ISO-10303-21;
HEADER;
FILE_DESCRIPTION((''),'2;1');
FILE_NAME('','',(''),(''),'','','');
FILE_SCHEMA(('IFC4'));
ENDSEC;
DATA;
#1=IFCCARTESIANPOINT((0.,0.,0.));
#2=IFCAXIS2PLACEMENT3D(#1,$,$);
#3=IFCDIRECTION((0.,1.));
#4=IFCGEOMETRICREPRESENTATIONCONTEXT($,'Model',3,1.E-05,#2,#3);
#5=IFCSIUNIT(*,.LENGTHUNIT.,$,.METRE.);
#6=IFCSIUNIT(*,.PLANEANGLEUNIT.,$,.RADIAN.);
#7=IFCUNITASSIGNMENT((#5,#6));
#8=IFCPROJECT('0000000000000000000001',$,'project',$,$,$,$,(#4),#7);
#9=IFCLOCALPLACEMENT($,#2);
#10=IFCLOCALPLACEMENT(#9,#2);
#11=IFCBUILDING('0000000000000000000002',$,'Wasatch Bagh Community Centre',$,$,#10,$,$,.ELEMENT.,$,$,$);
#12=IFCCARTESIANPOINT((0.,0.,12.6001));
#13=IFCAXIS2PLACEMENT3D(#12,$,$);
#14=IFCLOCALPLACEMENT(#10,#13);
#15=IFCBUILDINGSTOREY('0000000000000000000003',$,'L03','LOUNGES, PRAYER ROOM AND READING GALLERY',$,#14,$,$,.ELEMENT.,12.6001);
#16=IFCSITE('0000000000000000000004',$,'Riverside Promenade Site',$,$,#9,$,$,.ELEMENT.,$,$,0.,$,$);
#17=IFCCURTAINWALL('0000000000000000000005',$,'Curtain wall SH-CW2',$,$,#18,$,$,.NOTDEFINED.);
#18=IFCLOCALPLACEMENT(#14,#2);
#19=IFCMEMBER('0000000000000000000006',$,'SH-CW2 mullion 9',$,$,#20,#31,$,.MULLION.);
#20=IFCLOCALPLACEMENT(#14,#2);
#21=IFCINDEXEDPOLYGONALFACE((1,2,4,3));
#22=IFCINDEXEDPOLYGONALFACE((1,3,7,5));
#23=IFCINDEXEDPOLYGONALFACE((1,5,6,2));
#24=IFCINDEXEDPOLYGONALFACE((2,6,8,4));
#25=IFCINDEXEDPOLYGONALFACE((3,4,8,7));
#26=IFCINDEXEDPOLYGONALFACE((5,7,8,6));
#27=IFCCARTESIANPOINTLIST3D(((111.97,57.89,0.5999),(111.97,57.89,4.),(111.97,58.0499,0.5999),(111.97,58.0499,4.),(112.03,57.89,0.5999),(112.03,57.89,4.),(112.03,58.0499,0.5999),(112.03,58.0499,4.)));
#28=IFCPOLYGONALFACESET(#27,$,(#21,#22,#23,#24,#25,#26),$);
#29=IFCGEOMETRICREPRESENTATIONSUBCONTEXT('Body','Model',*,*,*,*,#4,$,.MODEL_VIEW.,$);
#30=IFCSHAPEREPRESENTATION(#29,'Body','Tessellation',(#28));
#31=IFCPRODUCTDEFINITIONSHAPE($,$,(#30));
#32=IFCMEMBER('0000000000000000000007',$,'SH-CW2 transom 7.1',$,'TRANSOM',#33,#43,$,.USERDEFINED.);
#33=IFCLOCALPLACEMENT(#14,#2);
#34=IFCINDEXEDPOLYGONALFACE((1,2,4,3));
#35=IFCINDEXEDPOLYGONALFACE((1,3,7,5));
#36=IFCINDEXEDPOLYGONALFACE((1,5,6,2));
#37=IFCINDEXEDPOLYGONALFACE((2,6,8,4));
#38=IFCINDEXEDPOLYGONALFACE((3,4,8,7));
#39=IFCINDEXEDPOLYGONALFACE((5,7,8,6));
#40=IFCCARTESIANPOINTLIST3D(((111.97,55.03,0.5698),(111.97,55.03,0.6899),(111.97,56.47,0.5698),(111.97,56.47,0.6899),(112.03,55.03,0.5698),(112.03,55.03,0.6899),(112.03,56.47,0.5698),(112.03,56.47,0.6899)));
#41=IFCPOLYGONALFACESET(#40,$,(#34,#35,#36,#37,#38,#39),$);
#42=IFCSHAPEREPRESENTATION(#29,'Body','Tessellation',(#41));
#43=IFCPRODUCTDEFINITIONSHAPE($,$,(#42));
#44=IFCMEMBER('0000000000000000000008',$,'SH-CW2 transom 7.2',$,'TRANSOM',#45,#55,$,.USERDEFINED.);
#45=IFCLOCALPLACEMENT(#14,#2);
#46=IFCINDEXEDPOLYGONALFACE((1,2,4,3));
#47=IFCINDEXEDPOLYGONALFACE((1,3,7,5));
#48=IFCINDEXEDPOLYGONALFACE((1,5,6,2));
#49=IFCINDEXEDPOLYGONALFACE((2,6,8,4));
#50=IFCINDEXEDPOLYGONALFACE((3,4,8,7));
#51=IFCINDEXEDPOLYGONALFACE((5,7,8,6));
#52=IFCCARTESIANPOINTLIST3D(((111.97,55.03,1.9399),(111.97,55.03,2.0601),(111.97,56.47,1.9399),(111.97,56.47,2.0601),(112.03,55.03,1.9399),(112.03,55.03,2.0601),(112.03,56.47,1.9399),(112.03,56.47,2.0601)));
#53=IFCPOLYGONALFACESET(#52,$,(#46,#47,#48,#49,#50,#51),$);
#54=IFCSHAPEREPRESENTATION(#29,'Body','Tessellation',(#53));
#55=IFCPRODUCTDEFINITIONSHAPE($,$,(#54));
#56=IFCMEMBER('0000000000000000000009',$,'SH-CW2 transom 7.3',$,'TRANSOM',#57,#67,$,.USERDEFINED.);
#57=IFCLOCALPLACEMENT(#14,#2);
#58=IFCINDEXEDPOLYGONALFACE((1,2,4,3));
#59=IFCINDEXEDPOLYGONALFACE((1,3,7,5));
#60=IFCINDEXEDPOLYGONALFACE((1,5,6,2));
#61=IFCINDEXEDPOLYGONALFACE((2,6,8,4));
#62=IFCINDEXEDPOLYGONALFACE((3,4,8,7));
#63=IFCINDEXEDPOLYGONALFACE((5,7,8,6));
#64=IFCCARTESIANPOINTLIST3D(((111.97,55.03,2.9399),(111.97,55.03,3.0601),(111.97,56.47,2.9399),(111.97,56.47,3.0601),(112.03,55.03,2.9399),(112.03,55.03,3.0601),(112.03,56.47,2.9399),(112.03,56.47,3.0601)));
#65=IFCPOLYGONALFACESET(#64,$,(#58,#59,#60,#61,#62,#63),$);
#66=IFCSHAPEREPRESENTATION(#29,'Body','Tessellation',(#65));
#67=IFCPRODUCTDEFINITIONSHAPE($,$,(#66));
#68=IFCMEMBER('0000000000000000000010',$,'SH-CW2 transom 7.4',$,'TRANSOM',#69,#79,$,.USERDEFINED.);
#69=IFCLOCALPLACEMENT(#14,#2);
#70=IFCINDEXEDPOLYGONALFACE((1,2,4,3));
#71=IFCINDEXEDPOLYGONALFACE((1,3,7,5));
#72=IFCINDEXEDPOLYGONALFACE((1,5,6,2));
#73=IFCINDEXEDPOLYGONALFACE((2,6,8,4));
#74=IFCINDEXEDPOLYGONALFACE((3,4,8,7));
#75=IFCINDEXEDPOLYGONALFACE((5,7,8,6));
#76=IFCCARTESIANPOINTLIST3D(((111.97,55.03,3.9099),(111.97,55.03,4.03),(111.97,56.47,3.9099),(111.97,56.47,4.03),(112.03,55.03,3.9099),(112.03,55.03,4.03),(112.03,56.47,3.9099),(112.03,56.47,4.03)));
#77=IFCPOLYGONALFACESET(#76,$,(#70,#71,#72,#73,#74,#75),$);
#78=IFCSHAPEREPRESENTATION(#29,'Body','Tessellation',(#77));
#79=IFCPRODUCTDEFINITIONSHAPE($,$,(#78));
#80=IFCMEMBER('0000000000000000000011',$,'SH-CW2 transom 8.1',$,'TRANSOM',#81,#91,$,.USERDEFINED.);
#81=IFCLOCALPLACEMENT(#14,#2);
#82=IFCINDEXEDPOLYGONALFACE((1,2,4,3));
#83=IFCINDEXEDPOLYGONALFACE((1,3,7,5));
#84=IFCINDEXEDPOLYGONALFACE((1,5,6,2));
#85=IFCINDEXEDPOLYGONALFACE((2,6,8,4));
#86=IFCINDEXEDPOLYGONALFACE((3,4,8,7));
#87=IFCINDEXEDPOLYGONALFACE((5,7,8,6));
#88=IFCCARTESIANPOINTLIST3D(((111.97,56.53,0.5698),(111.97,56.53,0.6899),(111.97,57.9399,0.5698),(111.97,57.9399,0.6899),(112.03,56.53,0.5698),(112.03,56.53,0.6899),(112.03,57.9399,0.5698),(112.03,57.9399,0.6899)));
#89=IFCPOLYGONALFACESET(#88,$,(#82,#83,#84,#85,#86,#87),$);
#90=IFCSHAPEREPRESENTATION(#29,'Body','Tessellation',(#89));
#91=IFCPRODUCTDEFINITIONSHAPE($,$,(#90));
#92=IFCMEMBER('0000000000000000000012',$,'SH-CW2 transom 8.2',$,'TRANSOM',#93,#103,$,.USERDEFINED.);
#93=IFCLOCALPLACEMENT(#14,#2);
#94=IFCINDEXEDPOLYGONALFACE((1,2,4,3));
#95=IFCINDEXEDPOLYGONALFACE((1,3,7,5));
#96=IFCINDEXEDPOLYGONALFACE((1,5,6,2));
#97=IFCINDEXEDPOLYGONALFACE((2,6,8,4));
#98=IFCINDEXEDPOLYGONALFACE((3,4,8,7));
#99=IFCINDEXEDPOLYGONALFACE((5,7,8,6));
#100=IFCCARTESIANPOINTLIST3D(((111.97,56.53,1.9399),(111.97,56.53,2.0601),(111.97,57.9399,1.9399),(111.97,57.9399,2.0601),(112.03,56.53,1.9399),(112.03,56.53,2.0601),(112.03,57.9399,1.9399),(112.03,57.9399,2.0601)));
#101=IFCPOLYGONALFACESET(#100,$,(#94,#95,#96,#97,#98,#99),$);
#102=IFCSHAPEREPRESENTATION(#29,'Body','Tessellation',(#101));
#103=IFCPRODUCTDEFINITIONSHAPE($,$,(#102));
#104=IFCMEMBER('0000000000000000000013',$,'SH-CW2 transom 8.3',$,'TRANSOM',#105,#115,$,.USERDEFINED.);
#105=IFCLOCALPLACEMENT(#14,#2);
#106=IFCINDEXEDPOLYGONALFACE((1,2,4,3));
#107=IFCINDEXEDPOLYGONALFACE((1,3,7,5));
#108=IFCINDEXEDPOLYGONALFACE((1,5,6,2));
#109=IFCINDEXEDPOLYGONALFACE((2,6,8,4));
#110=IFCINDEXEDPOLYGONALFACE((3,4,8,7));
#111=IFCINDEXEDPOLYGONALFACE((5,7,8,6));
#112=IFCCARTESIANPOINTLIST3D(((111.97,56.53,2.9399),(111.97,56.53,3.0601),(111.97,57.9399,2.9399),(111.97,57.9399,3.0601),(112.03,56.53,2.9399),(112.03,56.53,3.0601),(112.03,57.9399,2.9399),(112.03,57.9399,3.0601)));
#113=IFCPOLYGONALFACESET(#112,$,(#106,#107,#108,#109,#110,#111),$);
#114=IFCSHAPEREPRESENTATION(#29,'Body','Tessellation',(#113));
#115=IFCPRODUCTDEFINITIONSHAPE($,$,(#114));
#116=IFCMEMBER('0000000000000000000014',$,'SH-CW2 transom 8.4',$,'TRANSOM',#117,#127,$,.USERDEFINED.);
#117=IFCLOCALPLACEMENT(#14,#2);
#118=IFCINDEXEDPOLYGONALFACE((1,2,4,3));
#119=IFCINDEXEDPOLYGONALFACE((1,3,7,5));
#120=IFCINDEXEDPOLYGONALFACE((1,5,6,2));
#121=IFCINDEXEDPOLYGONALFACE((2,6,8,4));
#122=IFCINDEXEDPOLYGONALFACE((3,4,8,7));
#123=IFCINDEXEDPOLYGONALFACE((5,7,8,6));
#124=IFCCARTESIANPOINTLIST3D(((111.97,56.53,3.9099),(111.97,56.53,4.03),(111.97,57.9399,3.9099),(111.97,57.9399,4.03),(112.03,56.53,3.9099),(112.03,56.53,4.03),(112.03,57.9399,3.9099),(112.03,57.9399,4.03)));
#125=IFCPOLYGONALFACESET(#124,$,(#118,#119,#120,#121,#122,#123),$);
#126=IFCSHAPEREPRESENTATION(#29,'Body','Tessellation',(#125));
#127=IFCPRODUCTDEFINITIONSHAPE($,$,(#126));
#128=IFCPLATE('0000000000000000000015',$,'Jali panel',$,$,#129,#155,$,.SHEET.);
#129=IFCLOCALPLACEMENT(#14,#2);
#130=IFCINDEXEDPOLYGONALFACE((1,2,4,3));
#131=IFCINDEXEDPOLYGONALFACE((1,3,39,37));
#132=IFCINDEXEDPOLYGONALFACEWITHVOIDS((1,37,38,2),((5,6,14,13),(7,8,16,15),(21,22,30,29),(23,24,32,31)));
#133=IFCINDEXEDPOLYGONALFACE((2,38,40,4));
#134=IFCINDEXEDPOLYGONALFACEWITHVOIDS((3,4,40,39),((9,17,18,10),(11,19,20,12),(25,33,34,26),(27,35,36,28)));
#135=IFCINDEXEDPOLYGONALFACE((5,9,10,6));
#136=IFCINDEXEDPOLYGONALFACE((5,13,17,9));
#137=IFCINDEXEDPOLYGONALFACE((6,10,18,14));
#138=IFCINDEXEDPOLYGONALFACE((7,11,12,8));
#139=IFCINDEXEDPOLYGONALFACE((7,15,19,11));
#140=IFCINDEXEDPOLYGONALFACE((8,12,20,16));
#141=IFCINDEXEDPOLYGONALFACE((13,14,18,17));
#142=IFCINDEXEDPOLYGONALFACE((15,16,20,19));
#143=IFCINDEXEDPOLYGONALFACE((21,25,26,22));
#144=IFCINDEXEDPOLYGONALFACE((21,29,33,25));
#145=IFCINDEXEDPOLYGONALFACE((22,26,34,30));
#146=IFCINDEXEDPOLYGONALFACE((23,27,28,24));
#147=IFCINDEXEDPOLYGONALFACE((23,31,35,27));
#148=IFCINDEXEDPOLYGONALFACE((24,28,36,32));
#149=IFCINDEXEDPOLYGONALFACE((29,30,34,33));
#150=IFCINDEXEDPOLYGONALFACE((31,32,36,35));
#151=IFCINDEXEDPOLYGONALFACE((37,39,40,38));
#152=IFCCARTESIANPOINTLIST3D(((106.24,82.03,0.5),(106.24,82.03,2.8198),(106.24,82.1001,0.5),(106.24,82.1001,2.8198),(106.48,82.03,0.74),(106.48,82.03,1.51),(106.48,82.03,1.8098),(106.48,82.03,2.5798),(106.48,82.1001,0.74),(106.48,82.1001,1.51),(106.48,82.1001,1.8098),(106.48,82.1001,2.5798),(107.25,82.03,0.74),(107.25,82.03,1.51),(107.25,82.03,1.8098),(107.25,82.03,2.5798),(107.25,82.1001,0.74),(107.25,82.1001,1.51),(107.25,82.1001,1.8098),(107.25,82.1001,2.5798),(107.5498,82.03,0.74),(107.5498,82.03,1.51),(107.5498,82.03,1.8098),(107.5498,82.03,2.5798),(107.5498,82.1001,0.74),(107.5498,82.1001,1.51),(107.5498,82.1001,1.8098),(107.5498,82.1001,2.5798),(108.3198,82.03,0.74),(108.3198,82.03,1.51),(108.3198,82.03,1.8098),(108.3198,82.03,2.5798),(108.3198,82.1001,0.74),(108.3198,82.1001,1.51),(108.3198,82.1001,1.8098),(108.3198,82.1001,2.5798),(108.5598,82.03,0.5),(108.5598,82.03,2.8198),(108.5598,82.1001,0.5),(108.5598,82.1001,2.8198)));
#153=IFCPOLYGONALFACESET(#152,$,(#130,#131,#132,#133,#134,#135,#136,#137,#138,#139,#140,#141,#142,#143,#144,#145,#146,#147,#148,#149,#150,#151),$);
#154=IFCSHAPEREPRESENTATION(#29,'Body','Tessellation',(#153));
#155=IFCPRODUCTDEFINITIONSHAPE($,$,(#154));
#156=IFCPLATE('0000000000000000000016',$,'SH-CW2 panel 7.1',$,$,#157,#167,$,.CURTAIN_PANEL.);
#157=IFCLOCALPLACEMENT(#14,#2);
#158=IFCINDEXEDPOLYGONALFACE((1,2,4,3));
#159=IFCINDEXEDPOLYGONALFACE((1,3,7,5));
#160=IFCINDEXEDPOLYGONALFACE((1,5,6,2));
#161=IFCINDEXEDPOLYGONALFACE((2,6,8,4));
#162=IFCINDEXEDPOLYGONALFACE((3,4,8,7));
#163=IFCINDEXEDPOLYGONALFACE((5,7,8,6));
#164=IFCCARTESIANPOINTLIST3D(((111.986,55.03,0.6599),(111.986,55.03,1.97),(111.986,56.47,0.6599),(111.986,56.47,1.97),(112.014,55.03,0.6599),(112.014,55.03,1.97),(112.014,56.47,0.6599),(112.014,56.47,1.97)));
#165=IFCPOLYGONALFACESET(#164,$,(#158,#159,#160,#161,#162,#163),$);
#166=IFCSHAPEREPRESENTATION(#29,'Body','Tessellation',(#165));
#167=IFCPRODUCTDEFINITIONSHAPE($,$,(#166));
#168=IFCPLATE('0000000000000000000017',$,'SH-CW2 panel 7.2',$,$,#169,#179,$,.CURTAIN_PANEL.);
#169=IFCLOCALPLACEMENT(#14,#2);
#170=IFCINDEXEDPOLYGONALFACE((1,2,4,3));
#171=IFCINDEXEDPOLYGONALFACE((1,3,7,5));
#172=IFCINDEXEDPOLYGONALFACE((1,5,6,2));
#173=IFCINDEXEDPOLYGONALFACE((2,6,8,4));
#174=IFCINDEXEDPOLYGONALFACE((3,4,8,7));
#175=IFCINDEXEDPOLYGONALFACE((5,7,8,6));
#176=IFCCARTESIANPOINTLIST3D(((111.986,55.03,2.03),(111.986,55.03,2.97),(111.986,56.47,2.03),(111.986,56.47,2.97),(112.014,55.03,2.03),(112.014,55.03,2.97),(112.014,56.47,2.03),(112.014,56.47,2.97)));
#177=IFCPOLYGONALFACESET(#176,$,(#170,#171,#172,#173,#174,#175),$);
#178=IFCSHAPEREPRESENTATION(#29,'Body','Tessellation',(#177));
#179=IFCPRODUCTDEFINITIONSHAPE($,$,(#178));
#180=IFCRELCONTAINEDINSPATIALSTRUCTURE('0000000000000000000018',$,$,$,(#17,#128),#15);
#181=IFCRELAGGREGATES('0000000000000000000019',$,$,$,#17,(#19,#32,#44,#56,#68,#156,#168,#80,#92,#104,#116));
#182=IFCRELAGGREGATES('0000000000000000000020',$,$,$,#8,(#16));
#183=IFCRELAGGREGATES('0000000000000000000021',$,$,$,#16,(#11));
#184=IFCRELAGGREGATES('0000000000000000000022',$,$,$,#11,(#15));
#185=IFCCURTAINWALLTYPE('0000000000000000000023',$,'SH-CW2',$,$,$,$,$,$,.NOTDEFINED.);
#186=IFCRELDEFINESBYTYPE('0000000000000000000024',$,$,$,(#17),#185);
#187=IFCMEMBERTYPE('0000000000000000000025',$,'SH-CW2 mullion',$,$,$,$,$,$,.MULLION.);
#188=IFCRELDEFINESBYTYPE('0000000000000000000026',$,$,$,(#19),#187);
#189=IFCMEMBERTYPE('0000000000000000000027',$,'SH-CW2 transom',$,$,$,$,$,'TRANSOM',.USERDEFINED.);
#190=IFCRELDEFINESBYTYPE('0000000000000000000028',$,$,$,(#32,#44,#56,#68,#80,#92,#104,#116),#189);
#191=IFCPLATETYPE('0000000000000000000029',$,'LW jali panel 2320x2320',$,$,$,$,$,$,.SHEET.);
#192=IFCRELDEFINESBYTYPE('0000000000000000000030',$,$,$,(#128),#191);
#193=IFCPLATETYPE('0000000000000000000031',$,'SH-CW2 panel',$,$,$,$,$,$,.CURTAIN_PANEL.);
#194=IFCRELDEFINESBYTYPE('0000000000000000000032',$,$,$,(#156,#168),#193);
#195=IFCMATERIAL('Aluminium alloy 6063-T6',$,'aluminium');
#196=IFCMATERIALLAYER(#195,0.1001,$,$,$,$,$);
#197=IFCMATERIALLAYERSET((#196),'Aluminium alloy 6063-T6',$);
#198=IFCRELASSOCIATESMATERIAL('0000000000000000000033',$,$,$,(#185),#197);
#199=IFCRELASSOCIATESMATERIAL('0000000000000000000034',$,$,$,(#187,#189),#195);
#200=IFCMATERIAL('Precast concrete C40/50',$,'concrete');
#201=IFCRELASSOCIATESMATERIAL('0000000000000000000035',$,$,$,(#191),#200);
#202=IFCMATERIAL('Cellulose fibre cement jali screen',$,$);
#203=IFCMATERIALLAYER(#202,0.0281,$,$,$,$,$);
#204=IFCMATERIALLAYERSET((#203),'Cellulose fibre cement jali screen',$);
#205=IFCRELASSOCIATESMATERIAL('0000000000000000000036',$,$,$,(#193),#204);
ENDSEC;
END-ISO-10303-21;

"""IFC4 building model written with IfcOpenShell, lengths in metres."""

from ifc_helpers import new_model, si_unit, direction, frame, origin, origin_2d, place, context, subcontext, project, spatial, polyline, rectangle, outline, extrude, material, layer, layer_set, material_profile, profile_set, type_object, element, aggregate, save


model = new_model("IFC4")

# Units and contexts
model_context = context("Model", 3, precision=1e-05, world=origin(), true_north=direction((0.0, 1.0)))
body_context = subcontext(model_context, "Body", "Model", "MODEL_VIEW")
ifc_project = project(units=[si_unit("LENGTHUNIT", "METRE"), si_unit("PLANEANGLEUNIT", "RADIAN")], contexts=[model_context])

# Site, building, storey
site_placement = place(None, origin())
site = spatial("IfcSite", under=ifc_project, at=site_placement, Name="Riverside Promenade Site", CompositionType="ELEMENT", RefElevation=0.0)
building_placement = place(site_placement, origin())
building = spatial("IfcBuilding", under=site, at=building_placement, Name="Wasatch Bagh Community Centre", CompositionType="ELEMENT")
storey_placement = place(building_placement, frame((0.0, 0.0, 12.6001)))
storey = spatial("IfcBuildingStorey", under=building, at=storey_placement, Name="L03", Description="LOUNGES, PRAYER ROOM AND READING GALLERY", CompositionType="ELEMENT", Elevation=12.6001)

# Curtain wall, members
ifc_material_1 = material(Name="Aluminium alloy 6063-T6", Category="aluminium")
ifc_layer_1 = layer(ifc_material_1, 0.1001)
ifc_layer_set_1 = layer_set([ifc_layer_1], Name="Aluminium alloy 6063-T6")
curtain_wall_type = type_object("IfcCurtainWallType", Name="SH-CW2", PredefinedType="NOTDEFINED", material=ifc_layer_set_1)
curtain_wall_placement = place(storey_placement, origin())
curtain_wall = element("IfcCurtainWall", 1, at=curtain_wall_placement, inside=storey, type_object=curtain_wall_type, Name="Curtain wall SH-CW2", PredefinedType="NOTDEFINED")
ifc_material_profile_1 = material_profile(ifc_material_1, rectangle(XDim=0.0601, YDim=0.1599, at=origin_2d()), Name="AL 60x160")
ifc_profile_set_1 = profile_set([ifc_material_profile_1], Name="Aluminium alloy 6063-T6")
member_type_1 = type_object("IfcMemberType", Name="SH-CW2 mullion", PredefinedType="MULLION", material=ifc_profile_set_1)
member_1_placement = place(storey_placement, frame((112.0, 57.97, 0.5999), z_axis=(0.0, 0.0, 1.0), x_axis=(-1.0, 0.0, 0.0)))
member_1 = element("IfcMember", 2, at=member_1_placement, type_object=member_type_1, Name="SH-CW2 mullion 9", PredefinedType="MULLION", context=body_context, shape_type="SweptSolid", body=[
    extrude(rectangle(XDim=0.0601, YDim=0.1599, at=origin_2d()), origin(), (0.0, 0.0, 1.0), 3.4001),
])
ifc_material_profile_2 = material_profile(ifc_material_1, rectangle(XDim=0.0601, YDim=0.1201, at=origin_2d()), Name="AL 60x120")
ifc_profile_set_2 = profile_set([ifc_material_profile_2], Name="Aluminium alloy 6063-T6")
member_type_2 = type_object("IfcMemberType", Name="SH-CW2 transom", ElementType="TRANSOM", PredefinedType="USERDEFINED", material=ifc_profile_set_2)
member_2_placement = place(storey_placement, frame((112.0, 55.03, 0.6299), z_axis=(0.0, 1.0, 0.0), x_axis=(-1.0, 0.0, 0.0)))
member_2 = element("IfcMember", 3, at=member_2_placement, type_object=member_type_2, Name="SH-CW2 transom 7.1", ObjectType="TRANSOM", PredefinedType="USERDEFINED", context=body_context, shape_type="SweptSolid", body=[
    extrude(rectangle(XDim=0.0601, YDim=0.1201, at=origin_2d()), origin(), (0.0, 0.0, 1.0), 1.4399),
])
member_3_placement = place(storey_placement, frame((112.0, 55.03, 2.0), z_axis=(0.0, 1.0, 0.0), x_axis=(-1.0, 0.0, 0.0)))
member_3 = element("IfcMember", 4, at=member_3_placement, type_object=member_type_2, Name="SH-CW2 transom 7.2", ObjectType="TRANSOM", PredefinedType="USERDEFINED", context=body_context, shape_type="SweptSolid", body=[
    extrude(rectangle(XDim=0.0601, YDim=0.1201, at=origin_2d()), origin(), (0.0, 0.0, 1.0), 1.4399),
])
member_4_placement = place(storey_placement, frame((112.0, 55.03, 3.0), z_axis=(0.0, 1.0, 0.0), x_axis=(-1.0, 0.0, 0.0)))
member_4 = element("IfcMember", 5, at=member_4_placement, type_object=member_type_2, Name="SH-CW2 transom 7.3", ObjectType="TRANSOM", PredefinedType="USERDEFINED", context=body_context, shape_type="SweptSolid", body=[
    extrude(rectangle(XDim=0.0601, YDim=0.1201, at=origin_2d()), origin(), (0.0, 0.0, 1.0), 1.4399),
])
member_5_placement = place(storey_placement, frame((112.0, 55.03, 3.97), z_axis=(0.0, 1.0, 0.0), x_axis=(-1.0, 0.0, 0.0)))
member_5 = element("IfcMember", 6, at=member_5_placement, type_object=member_type_2, Name="SH-CW2 transom 7.4", ObjectType="TRANSOM", PredefinedType="USERDEFINED", context=body_context, shape_type="SweptSolid", body=[
    extrude(rectangle(XDim=0.0601, YDim=0.1201, at=origin_2d()), origin(), (0.0, 0.0, 1.0), 1.4399),
])
member_6_placement = place(storey_placement, frame((112.0, 56.53, 0.6299), z_axis=(0.0, 1.0, 0.0), x_axis=(-1.0, 0.0, 0.0)))
member_6 = element("IfcMember", 7, at=member_6_placement, type_object=member_type_2, Name="SH-CW2 transom 8.1", ObjectType="TRANSOM", PredefinedType="USERDEFINED", context=body_context, shape_type="SweptSolid", body=[
    extrude(rectangle(XDim=0.0601, YDim=0.1201, at=origin_2d()), origin(), (0.0, 0.0, 1.0), 1.4099),
])
member_7_placement = place(storey_placement, frame((112.0, 56.53, 2.0), z_axis=(0.0, 1.0, 0.0), x_axis=(-1.0, 0.0, 0.0)))
member_7 = element("IfcMember", 8, at=member_7_placement, type_object=member_type_2, Name="SH-CW2 transom 8.2", ObjectType="TRANSOM", PredefinedType="USERDEFINED", context=body_context, shape_type="SweptSolid", body=[
    extrude(rectangle(XDim=0.0601, YDim=0.1201, at=origin_2d()), origin(), (0.0, 0.0, 1.0), 1.4099),
])
member_8_placement = place(storey_placement, frame((112.0, 56.53, 3.0), z_axis=(0.0, 1.0, 0.0), x_axis=(-1.0, 0.0, 0.0)))
member_8 = element("IfcMember", 9, at=member_8_placement, type_object=member_type_2, Name="SH-CW2 transom 8.3", ObjectType="TRANSOM", PredefinedType="USERDEFINED", context=body_context, shape_type="SweptSolid", body=[
    extrude(rectangle(XDim=0.0601, YDim=0.1201, at=origin_2d()), origin(), (0.0, 0.0, 1.0), 1.4099),
])
member_9_placement = place(storey_placement, frame((112.0, 56.53, 3.97), z_axis=(0.0, 1.0, 0.0), x_axis=(-1.0, 0.0, 0.0)))
member_9 = element("IfcMember", 10, at=member_9_placement, type_object=member_type_2, Name="SH-CW2 transom 8.4", ObjectType="TRANSOM", PredefinedType="USERDEFINED", context=body_context, shape_type="SweptSolid", body=[
    extrude(rectangle(XDim=0.0601, YDim=0.1201, at=origin_2d()), origin(), (0.0, 0.0, 1.0), 1.4099),
])

# Plates
ifc_material_2 = material(Name="Precast concrete C40/50", Category="concrete")
ifc_material_profile_3 = material_profile(ifc_material_2, outline(polyline([(-1.1599, -1.1599), (1.1599, -1.1599), (1.1599, 1.1599), (-1.1599, 1.1599), (-1.1599, -1.1599)]), holes=[polyline([(-0.9199, -0.9199), (-0.1499, -0.9199), (-0.1499, -0.1499), (-0.9199, -0.1499), (-0.9199, -0.9199)]), polyline([(-0.9199, 0.1499), (-0.1499, 0.1499), (-0.1499, 0.9199), (-0.9199, 0.9199), (-0.9199, 0.1499)]), polyline([(0.1499, -0.9199), (0.9199, -0.9199), (0.9199, -0.1499), (0.1499, -0.1499), (0.1499, -0.9199)]), polyline([(0.1499, 0.1499), (0.9199, 0.1499), (0.9199, 0.9199), (0.1499, 0.9199), (0.1499, 0.1499)])]), Name="Jali lattice")
ifc_profile_set_3 = profile_set([ifc_material_profile_3], Name="Precast concrete C40/50")
plate_type_1 = type_object("IfcPlateType", Name="LW jali panel 2320x2320", PredefinedType="SHEET", material=ifc_profile_set_3)
plate_1_placement = place(storey_placement, frame((107.3999, 82.1001, 1.6599), z_axis=(0.0, -1.0, 0.0), x_axis=(1.0, 0.0, 0.0)))
element("IfcPlate", 11, at=plate_1_placement, inside=storey, type_object=plate_type_1, Name="Jali panel", PredefinedType="SHEET", context=body_context, shape_type="SweptSolid", body=[
    extrude(outline(polyline([(-1.1599, -1.1599), (1.1599, -1.1599), (1.1599, 1.1599), (-1.1599, 1.1599), (-1.1599, -1.1599)]), holes=[polyline([(-0.9199, -0.9199), (-0.1499, -0.9199), (-0.1499, -0.1499), (-0.9199, -0.1499), (-0.9199, -0.9199)]), polyline([(-0.9199, 0.1499), (-0.1499, 0.1499), (-0.1499, 0.9199), (-0.9199, 0.9199), (-0.9199, 0.1499)]), polyline([(0.1499, -0.9199), (0.9199, -0.9199), (0.9199, -0.1499), (0.1499, -0.1499), (0.1499, -0.9199)]), polyline([(0.1499, 0.1499), (0.9199, 0.1499), (0.9199, 0.9199), (0.1499, 0.9199), (0.1499, 0.1499)])]), origin(), (0.0, 0.0, 1.0), 0.0701),
])
ifc_material_3 = material(Name="Cellulose fibre cement jali screen")
ifc_layer_2 = layer(ifc_material_3, 0.0281)
ifc_layer_set_2 = layer_set([ifc_layer_2], Name="Cellulose fibre cement jali screen")
plate_type_2 = type_object("IfcPlateType", Name="SH-CW2 panel", PredefinedType="CURTAIN_PANEL", material=ifc_layer_set_2)
plate_2_placement = place(storey_placement, frame((112.0, 55.75, 0.6599), z_axis=(0.0, 0.0, 1.0), x_axis=(0.0, 1.0, 0.0)))
plate_2 = element("IfcPlate", 12, at=plate_2_placement, type_object=plate_type_2, Name="SH-CW2 panel 7.1", PredefinedType="CURTAIN_PANEL", context=body_context, shape_type="SweptSolid", body=[
    extrude(rectangle(XDim=1.4399, YDim=0.0281, at=origin_2d()), origin(), (0.0, 0.0, 1.0), 1.3101),
])
plate_3_placement = place(storey_placement, frame((112.0, 55.75, 2.03), z_axis=(0.0, 0.0, 1.0), x_axis=(0.0, 1.0, 0.0)))
plate_3 = element("IfcPlate", 13, at=plate_3_placement, type_object=plate_type_2, Name="SH-CW2 panel 7.2", PredefinedType="CURTAIN_PANEL", context=body_context, shape_type="SweptSolid", body=[
    extrude(rectangle(XDim=1.4399, YDim=0.0281, at=origin_2d()), origin(), (0.0, 0.0, 1.0), 0.9399),
])
aggregate(curtain_wall, [member_1, member_2, member_3, member_4, member_5, plate_2, plate_3, member_6, member_7, member_8, member_9])

save(model, "model.ifc")
